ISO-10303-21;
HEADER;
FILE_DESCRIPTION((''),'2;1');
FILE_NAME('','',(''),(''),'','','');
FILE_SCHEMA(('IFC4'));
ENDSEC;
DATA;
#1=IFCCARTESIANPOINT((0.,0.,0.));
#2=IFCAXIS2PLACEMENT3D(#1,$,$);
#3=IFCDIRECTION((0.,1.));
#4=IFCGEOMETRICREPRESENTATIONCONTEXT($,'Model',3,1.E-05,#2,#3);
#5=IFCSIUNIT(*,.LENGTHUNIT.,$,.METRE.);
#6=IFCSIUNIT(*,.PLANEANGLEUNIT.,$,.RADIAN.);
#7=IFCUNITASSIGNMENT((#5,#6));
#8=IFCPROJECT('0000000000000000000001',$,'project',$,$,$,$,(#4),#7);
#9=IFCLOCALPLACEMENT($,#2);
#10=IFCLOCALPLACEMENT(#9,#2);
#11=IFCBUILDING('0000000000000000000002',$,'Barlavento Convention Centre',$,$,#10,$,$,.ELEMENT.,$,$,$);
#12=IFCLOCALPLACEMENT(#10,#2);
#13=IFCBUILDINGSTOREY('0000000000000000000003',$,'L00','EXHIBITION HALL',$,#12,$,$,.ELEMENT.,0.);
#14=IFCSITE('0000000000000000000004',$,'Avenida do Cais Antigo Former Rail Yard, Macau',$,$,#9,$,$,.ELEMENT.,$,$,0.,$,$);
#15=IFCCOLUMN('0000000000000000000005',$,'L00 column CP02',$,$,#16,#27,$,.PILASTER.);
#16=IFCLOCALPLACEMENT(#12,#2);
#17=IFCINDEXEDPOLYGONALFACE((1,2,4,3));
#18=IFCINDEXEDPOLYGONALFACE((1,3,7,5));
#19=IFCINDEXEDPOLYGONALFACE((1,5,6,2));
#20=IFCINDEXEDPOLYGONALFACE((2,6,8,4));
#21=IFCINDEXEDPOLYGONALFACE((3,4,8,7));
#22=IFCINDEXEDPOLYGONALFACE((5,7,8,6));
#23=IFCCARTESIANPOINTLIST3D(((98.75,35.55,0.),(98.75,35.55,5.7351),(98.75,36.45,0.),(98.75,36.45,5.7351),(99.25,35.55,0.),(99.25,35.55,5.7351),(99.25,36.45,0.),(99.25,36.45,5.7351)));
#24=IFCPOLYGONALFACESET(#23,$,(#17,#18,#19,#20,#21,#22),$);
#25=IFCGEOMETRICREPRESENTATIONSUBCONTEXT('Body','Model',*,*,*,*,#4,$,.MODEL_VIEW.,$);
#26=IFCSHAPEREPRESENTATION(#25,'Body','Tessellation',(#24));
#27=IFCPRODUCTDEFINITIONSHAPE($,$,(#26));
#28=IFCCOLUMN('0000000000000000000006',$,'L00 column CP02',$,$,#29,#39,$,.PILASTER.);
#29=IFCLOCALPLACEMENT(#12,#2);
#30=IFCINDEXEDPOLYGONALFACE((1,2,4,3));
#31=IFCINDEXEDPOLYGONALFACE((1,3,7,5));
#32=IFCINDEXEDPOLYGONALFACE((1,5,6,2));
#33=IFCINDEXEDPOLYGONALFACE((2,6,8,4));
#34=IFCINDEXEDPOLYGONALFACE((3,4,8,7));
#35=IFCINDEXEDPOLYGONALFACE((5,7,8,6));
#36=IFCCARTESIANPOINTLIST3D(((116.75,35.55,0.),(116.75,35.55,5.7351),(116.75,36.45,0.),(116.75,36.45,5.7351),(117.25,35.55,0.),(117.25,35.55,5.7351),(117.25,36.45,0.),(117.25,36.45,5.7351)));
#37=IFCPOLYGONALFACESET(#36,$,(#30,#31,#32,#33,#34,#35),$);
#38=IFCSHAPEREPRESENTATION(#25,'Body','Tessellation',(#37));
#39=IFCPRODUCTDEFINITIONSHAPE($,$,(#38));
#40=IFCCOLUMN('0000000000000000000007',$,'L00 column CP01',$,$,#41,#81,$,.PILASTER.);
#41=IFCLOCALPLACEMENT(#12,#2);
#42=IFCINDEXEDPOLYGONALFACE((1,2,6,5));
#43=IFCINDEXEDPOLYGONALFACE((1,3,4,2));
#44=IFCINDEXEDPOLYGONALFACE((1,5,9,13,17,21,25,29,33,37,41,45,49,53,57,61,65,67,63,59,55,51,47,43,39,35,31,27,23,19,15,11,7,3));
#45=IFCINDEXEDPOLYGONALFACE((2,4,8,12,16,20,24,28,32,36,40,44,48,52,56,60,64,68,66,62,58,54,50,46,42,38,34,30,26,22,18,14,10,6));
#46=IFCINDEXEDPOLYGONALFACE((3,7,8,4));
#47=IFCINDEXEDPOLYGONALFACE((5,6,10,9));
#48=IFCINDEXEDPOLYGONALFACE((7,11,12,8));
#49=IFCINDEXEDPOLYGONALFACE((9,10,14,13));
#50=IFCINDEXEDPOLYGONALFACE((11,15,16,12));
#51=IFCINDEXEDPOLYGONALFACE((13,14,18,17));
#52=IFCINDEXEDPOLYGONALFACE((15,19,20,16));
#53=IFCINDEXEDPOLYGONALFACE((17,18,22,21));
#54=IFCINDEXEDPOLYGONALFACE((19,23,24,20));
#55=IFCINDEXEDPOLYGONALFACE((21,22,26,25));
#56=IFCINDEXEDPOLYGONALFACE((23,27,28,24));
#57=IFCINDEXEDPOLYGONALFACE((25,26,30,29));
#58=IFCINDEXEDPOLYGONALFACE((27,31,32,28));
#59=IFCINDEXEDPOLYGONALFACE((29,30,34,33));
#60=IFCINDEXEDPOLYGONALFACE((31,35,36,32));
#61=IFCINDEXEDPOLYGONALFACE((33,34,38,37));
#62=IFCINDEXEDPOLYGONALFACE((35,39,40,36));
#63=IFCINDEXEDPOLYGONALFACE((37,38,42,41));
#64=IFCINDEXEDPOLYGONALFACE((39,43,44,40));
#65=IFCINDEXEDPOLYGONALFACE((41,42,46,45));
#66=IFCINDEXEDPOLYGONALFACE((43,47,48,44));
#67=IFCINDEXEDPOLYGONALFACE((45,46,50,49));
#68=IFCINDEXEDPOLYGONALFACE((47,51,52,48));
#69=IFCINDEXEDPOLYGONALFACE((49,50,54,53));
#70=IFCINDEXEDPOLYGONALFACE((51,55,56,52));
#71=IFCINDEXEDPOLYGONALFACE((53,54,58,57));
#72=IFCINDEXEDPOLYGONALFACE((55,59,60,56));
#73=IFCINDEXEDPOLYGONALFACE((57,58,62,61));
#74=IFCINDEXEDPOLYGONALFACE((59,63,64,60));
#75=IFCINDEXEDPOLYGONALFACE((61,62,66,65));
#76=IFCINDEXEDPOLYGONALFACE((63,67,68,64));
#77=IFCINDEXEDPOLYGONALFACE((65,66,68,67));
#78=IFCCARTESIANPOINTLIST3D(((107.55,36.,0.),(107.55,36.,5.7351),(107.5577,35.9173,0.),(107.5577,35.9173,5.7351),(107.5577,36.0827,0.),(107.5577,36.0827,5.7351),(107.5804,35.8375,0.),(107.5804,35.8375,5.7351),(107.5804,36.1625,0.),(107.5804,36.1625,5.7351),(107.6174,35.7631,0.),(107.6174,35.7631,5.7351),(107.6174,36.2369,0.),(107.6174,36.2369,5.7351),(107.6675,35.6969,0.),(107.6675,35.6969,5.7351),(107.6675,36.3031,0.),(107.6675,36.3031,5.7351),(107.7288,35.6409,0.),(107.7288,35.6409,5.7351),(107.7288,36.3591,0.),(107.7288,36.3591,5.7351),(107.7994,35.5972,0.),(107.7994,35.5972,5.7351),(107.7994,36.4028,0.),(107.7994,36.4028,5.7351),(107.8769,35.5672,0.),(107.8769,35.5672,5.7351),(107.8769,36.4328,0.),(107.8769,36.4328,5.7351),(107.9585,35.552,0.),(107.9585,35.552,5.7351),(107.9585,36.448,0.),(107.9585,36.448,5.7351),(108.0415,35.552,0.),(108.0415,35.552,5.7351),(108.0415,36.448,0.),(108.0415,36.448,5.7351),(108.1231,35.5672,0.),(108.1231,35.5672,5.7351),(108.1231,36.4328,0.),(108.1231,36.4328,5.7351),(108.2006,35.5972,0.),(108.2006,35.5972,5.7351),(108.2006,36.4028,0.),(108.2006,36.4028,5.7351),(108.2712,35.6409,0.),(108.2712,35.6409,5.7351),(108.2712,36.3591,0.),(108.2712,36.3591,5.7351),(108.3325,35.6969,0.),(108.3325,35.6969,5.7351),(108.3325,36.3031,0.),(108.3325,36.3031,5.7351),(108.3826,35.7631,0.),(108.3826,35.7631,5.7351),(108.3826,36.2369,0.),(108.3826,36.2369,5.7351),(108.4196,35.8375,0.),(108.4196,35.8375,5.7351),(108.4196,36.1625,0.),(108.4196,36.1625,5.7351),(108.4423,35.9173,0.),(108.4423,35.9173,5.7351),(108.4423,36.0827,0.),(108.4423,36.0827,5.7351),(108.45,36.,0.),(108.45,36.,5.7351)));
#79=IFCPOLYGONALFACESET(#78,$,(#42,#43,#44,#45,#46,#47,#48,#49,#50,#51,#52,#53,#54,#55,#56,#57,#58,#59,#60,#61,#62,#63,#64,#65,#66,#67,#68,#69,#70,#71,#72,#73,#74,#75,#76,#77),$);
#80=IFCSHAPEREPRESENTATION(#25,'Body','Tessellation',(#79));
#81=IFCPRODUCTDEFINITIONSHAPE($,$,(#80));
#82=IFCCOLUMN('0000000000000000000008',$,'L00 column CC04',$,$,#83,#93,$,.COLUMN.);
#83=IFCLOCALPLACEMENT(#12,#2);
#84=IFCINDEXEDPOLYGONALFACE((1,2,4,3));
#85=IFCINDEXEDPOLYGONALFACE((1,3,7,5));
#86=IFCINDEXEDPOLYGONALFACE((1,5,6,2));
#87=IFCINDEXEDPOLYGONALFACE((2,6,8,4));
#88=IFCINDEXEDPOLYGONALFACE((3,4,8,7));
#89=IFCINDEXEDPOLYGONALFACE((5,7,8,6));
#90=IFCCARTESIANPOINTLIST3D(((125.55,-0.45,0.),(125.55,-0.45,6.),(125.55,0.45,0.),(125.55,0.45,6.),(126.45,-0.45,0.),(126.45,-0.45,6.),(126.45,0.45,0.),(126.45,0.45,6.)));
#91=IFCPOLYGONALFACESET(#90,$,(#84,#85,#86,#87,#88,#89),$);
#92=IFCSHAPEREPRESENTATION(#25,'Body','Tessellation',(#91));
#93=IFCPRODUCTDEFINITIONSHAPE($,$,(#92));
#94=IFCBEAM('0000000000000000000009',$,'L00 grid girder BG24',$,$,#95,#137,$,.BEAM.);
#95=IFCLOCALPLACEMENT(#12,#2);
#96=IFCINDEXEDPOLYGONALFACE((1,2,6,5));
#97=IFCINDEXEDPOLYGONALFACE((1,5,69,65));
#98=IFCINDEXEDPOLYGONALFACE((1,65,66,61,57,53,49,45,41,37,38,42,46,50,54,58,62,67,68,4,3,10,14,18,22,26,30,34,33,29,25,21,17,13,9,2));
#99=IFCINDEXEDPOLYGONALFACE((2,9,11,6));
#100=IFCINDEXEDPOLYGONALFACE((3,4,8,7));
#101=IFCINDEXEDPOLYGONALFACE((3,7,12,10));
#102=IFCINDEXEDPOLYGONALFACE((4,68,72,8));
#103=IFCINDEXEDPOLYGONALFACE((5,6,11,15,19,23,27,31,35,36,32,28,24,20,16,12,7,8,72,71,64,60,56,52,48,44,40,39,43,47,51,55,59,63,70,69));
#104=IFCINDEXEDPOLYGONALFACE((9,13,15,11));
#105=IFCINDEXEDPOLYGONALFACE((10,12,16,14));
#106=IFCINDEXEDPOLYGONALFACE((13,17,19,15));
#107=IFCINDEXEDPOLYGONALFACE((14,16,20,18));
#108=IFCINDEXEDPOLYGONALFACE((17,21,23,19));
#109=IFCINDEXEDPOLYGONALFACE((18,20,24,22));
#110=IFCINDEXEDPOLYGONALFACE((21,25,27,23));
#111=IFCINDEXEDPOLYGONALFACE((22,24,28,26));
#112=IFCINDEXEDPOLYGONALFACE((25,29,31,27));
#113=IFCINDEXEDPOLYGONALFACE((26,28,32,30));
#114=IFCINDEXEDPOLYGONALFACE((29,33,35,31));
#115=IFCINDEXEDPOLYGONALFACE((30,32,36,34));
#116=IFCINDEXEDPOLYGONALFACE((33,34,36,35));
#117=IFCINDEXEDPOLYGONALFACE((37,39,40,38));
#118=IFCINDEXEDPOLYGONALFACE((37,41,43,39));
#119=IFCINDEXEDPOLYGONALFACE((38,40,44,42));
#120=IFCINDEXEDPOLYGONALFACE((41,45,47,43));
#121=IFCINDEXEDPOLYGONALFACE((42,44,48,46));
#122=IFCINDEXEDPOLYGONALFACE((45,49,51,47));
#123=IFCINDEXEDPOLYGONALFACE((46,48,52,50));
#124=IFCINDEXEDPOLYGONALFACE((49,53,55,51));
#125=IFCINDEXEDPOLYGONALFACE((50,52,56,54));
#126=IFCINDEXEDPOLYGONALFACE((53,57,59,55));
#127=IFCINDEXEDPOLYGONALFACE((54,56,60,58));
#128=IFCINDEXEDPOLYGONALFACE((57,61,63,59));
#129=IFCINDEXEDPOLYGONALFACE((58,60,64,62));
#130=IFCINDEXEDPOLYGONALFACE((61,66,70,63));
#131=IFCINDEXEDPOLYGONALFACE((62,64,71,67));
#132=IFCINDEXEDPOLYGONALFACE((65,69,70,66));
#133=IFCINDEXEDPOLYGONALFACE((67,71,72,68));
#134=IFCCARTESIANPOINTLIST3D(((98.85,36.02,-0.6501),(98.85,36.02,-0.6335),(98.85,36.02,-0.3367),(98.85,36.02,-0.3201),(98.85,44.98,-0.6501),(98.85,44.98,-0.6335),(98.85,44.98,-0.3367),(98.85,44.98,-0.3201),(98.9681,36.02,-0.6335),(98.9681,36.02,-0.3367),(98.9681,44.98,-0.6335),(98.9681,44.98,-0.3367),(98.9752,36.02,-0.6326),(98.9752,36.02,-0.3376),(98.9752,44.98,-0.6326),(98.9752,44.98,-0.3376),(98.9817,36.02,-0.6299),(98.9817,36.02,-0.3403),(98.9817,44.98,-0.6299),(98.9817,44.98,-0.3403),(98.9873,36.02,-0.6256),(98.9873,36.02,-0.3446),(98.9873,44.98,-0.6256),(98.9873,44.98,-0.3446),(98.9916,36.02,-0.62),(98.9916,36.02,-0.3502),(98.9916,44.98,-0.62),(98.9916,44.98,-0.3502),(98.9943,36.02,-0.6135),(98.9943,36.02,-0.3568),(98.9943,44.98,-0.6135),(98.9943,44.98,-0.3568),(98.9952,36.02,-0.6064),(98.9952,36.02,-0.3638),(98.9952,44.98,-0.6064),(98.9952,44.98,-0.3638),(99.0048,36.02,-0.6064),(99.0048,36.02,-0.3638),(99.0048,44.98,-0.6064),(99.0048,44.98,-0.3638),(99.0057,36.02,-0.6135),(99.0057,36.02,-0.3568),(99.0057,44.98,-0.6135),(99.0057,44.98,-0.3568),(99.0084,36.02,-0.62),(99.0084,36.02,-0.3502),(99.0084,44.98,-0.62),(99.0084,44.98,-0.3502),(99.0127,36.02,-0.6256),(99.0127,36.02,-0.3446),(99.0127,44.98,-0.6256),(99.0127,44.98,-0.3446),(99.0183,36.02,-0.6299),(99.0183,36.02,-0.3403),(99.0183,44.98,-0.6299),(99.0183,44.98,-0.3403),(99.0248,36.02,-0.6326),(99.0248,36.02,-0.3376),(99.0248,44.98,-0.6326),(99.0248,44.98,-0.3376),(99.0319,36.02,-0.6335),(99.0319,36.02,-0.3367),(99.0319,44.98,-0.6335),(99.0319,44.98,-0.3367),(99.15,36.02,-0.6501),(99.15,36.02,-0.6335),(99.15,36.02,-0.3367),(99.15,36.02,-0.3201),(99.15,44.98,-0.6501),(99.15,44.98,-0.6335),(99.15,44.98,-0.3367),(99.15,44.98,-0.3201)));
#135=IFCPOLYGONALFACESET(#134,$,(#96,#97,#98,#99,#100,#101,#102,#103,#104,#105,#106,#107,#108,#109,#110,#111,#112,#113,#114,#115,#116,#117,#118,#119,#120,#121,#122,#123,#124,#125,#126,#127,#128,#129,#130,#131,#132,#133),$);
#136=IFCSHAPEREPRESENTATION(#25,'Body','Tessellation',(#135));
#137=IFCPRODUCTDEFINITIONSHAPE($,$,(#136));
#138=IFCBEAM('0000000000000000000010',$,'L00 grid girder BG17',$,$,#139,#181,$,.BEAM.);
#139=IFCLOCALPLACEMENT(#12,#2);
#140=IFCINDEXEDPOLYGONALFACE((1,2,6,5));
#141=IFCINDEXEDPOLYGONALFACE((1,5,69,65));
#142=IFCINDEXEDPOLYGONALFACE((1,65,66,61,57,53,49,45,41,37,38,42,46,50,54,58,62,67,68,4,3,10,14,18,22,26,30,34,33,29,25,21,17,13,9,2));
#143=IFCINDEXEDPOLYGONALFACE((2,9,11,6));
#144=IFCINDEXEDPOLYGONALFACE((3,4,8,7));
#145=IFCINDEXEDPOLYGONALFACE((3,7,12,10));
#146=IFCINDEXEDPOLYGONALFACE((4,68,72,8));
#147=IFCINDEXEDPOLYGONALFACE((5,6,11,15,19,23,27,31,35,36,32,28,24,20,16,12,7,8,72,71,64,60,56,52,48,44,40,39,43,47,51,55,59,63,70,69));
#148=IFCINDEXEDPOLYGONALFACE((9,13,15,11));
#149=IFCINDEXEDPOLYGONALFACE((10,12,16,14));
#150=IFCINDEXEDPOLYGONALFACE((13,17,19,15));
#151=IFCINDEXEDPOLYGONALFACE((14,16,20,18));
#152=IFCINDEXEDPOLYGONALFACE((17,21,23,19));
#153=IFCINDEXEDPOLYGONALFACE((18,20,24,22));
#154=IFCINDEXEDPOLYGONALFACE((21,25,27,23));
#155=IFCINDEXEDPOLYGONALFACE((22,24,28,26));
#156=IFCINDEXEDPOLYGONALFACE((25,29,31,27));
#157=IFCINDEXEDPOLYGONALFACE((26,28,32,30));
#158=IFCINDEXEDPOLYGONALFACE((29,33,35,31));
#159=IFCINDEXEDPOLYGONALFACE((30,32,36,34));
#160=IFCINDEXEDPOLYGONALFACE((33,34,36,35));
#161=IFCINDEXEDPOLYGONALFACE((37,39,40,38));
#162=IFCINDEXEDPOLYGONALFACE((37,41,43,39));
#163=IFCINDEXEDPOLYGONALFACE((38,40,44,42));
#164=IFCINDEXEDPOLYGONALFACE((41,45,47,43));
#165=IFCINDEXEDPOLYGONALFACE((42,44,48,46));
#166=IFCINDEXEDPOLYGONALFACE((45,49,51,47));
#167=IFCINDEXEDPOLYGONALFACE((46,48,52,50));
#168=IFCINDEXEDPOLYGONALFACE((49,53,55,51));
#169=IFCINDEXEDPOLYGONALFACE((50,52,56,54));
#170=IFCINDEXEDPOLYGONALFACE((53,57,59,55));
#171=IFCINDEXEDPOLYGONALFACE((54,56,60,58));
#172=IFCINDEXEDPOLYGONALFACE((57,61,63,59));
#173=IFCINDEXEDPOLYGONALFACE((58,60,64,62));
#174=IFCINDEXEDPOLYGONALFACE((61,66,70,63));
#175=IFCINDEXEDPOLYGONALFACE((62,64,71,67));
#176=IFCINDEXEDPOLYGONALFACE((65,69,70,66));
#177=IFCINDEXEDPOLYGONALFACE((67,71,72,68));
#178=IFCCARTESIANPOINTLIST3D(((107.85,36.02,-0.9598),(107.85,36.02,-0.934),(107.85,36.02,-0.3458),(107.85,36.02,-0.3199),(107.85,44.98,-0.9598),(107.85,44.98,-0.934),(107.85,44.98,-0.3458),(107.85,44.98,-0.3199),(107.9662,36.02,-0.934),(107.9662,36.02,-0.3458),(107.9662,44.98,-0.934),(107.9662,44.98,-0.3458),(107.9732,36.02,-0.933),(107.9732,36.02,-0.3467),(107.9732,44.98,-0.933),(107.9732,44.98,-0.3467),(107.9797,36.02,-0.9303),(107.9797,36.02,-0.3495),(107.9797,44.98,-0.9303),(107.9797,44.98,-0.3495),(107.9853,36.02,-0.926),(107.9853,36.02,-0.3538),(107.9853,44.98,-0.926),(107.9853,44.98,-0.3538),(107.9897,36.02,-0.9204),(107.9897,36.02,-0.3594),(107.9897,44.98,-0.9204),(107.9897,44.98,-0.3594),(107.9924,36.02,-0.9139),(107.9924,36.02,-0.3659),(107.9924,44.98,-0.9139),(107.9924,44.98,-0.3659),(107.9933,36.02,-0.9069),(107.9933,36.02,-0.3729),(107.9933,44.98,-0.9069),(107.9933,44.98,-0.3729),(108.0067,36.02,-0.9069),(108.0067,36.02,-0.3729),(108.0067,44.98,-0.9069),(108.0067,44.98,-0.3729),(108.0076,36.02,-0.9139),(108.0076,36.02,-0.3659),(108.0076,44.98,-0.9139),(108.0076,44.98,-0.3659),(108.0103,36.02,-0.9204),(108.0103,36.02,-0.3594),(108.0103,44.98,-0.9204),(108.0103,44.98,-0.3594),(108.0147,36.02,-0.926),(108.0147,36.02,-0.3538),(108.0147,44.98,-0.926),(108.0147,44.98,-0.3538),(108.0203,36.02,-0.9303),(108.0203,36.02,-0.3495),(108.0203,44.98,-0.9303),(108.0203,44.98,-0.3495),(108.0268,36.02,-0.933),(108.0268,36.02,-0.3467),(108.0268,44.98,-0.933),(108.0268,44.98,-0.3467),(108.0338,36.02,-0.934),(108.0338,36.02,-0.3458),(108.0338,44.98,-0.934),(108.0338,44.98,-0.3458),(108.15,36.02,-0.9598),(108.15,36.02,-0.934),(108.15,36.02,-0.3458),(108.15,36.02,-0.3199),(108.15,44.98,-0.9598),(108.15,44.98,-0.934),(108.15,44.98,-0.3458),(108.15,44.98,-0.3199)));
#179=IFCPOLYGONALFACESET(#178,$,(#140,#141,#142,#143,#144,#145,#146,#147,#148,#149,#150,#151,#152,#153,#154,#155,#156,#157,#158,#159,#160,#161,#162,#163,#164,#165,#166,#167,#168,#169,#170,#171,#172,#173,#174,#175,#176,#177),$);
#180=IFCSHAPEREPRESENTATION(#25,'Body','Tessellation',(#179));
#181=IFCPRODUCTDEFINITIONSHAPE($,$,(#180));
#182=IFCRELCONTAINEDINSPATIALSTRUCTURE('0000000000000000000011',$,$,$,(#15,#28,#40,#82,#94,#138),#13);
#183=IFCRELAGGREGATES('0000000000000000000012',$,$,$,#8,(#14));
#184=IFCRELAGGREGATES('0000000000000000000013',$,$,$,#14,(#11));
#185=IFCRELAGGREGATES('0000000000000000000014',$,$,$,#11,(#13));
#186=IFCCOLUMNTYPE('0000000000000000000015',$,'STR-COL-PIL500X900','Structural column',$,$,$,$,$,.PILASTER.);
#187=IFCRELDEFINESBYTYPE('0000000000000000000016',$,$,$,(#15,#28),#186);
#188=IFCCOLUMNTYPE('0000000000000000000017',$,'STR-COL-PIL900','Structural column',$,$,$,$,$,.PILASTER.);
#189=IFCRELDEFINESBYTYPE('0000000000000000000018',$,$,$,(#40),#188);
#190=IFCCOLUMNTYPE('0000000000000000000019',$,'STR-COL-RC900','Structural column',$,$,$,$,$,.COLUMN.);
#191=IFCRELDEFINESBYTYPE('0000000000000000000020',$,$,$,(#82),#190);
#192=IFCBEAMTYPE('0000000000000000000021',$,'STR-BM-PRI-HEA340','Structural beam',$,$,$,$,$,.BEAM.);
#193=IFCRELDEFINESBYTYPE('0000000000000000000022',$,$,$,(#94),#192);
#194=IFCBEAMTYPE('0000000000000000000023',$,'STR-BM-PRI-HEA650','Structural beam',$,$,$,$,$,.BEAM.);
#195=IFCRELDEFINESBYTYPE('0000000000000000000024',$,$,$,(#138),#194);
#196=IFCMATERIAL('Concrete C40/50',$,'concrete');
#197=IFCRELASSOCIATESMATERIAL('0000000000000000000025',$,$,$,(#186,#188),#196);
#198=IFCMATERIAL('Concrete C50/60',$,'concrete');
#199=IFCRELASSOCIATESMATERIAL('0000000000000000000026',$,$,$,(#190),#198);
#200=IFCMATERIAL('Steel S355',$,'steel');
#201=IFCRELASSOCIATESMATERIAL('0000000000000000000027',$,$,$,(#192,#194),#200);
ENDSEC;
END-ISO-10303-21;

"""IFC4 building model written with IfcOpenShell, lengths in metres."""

from ifc_helpers import new_model, si_unit, direction, frame, origin, origin_2d, place, context, subcontext, project, spatial, rectangle, circle, i_section, extrude, material, material_profile, profile_set, type_object, element, save


model = new_model("IFC4")

# Units and contexts
model_context = context("Model", 3, precision=1e-05, world=origin(), true_north=direction((0.0, 1.0)))
body_context = subcontext(model_context, "Body", "Model", "MODEL_VIEW")
ifc_project = project(units=[si_unit("LENGTHUNIT", "METRE"), si_unit("PLANEANGLEUNIT", "RADIAN")], contexts=[model_context])

# Site, building, storey
site_placement = place(None, origin())
site = spatial("IfcSite", under=ifc_project, at=site_placement, Name="Avenida do Cais Antigo Former Rail Yard, Macau", CompositionType="ELEMENT", RefElevation=0.0)
building_placement = place(site_placement, origin())
building = spatial("IfcBuilding", under=site, at=building_placement, Name="Barlavento Convention Centre", CompositionType="ELEMENT")
storey_placement = place(building_placement, origin())
storey = spatial("IfcBuildingStorey", under=building, at=storey_placement, Name="L00", Description="EXHIBITION HALL", CompositionType="ELEMENT", Elevation=0.0)

# Columns
ifc_material_1 = material(Name="Concrete C40/50", Category="concrete")
ifc_material_profile_1 = material_profile(ifc_material_1, rectangle(XDim=0.5, YDim=0.8999, at=origin_2d()), Name="RC 500x900")
ifc_profile_set_1 = profile_set([ifc_material_profile_1], Name="Concrete C40/50")
column_type_1 = type_object("IfcColumnType", Name="STR-COL-PIL500X900", Description="Structural column", PredefinedType="PILASTER", material=ifc_profile_set_1)
for number, where, z_axis, x_axis, name in (
    (1, (99.0, 36.0, 0.0), (0.0, 0.0, 1.0), (1.0, 0.0, 0.0), "L00 column CP02"),
    (2, (117.0, 36.0, 0.0), (0.0, 0.0, 1.0), (1.0, 0.0, 0.0), "L00 column CP02"),
):
    element("IfcColumn", number, at=place(storey_placement, frame(where, z_axis=z_axis, x_axis=x_axis)), inside=storey, type_object=column_type_1, Name=name, PredefinedType="PILASTER", context=body_context, shape_type="SweptSolid", body=[
        extrude(rectangle(XDim=0.5, YDim=0.8999, at=origin_2d()), origin(), (0.0, 0.0, 1.0), 5.7351),
    ])
ifc_material_profile_2 = material_profile(ifc_material_1, circle(Radius=0.45, at=origin_2d()), Name="RC DIA 900")
ifc_profile_set_2 = profile_set([ifc_material_profile_2], Name="Concrete C40/50")
column_type_2 = type_object("IfcColumnType", Name="STR-COL-PIL900", Description="Structural column", PredefinedType="PILASTER", material=ifc_profile_set_2)
column_1_placement = place(storey_placement, frame((108.0, 36.0, 0.0), z_axis=(0.0, 0.0, 1.0), x_axis=(1.0, 0.0, 0.0)))
element("IfcColumn", 3, at=column_1_placement, inside=storey, type_object=column_type_2, Name="L00 column CP01", PredefinedType="PILASTER", context=body_context, shape_type="SweptSolid", body=[
    extrude(circle(Radius=0.45, at=origin_2d()), origin(), (0.0, 0.0, 1.0), 5.7351),
])
ifc_material_2 = material(Name="Concrete C50/60", Category="concrete")
ifc_material_profile_3 = material_profile(ifc_material_2, rectangle(XDim=0.8999, YDim=0.8999, at=origin_2d()), Name="RC 900x900")
ifc_profile_set_3 = profile_set([ifc_material_profile_3], Name="Concrete C50/60")
column_type_3 = type_object("IfcColumnType", Name="STR-COL-RC900", Description="Structural column", PredefinedType="COLUMN", material=ifc_profile_set_3)
column_2_placement = place(storey_placement, frame((126.0, 0.0, 0.0), z_axis=(0.0, 0.0, 1.0), x_axis=(1.0, 0.0, 0.0)))
element("IfcColumn", 4, at=column_2_placement, inside=storey, type_object=column_type_3, Name="L00 column CC04", PredefinedType="COLUMN", context=body_context, shape_type="SweptSolid", body=[
    extrude(rectangle(XDim=0.8999, YDim=0.8999, at=origin_2d()), origin(), (0.0, 0.0, 1.0), 6.0),
])

# Beams
ifc_material_3 = material(Name="Steel S355", Category="steel")
ifc_material_profile_4 = material_profile(ifc_material_3, i_section(OverallWidth=0.3, OverallDepth=0.3301, WebThickness=0.0095, FlangeThickness=0.0166, FilletRadius=0.0271, at=origin_2d()), Name="HEA 340")
ifc_profile_set_4 = profile_set([ifc_material_profile_4], Name="Steel S355")
beam_type_1 = type_object("IfcBeamType", Name="STR-BM-PRI-HEA340", Description="Structural beam", PredefinedType="BEAM", material=ifc_profile_set_4)
beam_1_placement = place(storey_placement, frame((99.0, 36.02, -0.4851), z_axis=(0.0, 1.0, 0.0), x_axis=(-1.0, 0.0, 0.0)))
element("IfcBeam", 5, at=beam_1_placement, inside=storey, type_object=beam_type_1, Name="L00 grid girder BG24", PredefinedType="BEAM", context=body_context, shape_type="SweptSolid", body=[
    extrude(i_section(OverallWidth=0.3, OverallDepth=0.3301, WebThickness=0.0095, FlangeThickness=0.0166, FilletRadius=0.0271, at=origin_2d()), origin(), (0.0, 0.0, 1.0), 8.96),
])
ifc_material_profile_5 = material_profile(ifc_material_3, i_section(OverallWidth=0.3, OverallDepth=0.6399, WebThickness=0.0134, FlangeThickness=0.0259, FilletRadius=0.0271, at=origin_2d()), Name="HEA 650")
ifc_profile_set_5 = profile_set([ifc_material_profile_5], Name="Steel S355")
beam_type_2 = type_object("IfcBeamType", Name="STR-BM-PRI-HEA650", Description="Structural beam", PredefinedType="BEAM", material=ifc_profile_set_5)
beam_2_placement = place(storey_placement, frame((108.0, 36.02, -0.6399), z_axis=(0.0, 1.0, 0.0), x_axis=(-1.0, 0.0, 0.0)))
element("IfcBeam", 6, at=beam_2_placement, inside=storey, type_object=beam_type_2, Name="L00 grid girder BG17", PredefinedType="BEAM", context=body_context, shape_type="SweptSolid", body=[
    extrude(i_section(OverallWidth=0.3, OverallDepth=0.6399, WebThickness=0.0134, FlangeThickness=0.0259, FilletRadius=0.0271, at=origin_2d()), origin(), (0.0, 0.0, 1.0), 8.96),
])

save(model, "model.ifc")
